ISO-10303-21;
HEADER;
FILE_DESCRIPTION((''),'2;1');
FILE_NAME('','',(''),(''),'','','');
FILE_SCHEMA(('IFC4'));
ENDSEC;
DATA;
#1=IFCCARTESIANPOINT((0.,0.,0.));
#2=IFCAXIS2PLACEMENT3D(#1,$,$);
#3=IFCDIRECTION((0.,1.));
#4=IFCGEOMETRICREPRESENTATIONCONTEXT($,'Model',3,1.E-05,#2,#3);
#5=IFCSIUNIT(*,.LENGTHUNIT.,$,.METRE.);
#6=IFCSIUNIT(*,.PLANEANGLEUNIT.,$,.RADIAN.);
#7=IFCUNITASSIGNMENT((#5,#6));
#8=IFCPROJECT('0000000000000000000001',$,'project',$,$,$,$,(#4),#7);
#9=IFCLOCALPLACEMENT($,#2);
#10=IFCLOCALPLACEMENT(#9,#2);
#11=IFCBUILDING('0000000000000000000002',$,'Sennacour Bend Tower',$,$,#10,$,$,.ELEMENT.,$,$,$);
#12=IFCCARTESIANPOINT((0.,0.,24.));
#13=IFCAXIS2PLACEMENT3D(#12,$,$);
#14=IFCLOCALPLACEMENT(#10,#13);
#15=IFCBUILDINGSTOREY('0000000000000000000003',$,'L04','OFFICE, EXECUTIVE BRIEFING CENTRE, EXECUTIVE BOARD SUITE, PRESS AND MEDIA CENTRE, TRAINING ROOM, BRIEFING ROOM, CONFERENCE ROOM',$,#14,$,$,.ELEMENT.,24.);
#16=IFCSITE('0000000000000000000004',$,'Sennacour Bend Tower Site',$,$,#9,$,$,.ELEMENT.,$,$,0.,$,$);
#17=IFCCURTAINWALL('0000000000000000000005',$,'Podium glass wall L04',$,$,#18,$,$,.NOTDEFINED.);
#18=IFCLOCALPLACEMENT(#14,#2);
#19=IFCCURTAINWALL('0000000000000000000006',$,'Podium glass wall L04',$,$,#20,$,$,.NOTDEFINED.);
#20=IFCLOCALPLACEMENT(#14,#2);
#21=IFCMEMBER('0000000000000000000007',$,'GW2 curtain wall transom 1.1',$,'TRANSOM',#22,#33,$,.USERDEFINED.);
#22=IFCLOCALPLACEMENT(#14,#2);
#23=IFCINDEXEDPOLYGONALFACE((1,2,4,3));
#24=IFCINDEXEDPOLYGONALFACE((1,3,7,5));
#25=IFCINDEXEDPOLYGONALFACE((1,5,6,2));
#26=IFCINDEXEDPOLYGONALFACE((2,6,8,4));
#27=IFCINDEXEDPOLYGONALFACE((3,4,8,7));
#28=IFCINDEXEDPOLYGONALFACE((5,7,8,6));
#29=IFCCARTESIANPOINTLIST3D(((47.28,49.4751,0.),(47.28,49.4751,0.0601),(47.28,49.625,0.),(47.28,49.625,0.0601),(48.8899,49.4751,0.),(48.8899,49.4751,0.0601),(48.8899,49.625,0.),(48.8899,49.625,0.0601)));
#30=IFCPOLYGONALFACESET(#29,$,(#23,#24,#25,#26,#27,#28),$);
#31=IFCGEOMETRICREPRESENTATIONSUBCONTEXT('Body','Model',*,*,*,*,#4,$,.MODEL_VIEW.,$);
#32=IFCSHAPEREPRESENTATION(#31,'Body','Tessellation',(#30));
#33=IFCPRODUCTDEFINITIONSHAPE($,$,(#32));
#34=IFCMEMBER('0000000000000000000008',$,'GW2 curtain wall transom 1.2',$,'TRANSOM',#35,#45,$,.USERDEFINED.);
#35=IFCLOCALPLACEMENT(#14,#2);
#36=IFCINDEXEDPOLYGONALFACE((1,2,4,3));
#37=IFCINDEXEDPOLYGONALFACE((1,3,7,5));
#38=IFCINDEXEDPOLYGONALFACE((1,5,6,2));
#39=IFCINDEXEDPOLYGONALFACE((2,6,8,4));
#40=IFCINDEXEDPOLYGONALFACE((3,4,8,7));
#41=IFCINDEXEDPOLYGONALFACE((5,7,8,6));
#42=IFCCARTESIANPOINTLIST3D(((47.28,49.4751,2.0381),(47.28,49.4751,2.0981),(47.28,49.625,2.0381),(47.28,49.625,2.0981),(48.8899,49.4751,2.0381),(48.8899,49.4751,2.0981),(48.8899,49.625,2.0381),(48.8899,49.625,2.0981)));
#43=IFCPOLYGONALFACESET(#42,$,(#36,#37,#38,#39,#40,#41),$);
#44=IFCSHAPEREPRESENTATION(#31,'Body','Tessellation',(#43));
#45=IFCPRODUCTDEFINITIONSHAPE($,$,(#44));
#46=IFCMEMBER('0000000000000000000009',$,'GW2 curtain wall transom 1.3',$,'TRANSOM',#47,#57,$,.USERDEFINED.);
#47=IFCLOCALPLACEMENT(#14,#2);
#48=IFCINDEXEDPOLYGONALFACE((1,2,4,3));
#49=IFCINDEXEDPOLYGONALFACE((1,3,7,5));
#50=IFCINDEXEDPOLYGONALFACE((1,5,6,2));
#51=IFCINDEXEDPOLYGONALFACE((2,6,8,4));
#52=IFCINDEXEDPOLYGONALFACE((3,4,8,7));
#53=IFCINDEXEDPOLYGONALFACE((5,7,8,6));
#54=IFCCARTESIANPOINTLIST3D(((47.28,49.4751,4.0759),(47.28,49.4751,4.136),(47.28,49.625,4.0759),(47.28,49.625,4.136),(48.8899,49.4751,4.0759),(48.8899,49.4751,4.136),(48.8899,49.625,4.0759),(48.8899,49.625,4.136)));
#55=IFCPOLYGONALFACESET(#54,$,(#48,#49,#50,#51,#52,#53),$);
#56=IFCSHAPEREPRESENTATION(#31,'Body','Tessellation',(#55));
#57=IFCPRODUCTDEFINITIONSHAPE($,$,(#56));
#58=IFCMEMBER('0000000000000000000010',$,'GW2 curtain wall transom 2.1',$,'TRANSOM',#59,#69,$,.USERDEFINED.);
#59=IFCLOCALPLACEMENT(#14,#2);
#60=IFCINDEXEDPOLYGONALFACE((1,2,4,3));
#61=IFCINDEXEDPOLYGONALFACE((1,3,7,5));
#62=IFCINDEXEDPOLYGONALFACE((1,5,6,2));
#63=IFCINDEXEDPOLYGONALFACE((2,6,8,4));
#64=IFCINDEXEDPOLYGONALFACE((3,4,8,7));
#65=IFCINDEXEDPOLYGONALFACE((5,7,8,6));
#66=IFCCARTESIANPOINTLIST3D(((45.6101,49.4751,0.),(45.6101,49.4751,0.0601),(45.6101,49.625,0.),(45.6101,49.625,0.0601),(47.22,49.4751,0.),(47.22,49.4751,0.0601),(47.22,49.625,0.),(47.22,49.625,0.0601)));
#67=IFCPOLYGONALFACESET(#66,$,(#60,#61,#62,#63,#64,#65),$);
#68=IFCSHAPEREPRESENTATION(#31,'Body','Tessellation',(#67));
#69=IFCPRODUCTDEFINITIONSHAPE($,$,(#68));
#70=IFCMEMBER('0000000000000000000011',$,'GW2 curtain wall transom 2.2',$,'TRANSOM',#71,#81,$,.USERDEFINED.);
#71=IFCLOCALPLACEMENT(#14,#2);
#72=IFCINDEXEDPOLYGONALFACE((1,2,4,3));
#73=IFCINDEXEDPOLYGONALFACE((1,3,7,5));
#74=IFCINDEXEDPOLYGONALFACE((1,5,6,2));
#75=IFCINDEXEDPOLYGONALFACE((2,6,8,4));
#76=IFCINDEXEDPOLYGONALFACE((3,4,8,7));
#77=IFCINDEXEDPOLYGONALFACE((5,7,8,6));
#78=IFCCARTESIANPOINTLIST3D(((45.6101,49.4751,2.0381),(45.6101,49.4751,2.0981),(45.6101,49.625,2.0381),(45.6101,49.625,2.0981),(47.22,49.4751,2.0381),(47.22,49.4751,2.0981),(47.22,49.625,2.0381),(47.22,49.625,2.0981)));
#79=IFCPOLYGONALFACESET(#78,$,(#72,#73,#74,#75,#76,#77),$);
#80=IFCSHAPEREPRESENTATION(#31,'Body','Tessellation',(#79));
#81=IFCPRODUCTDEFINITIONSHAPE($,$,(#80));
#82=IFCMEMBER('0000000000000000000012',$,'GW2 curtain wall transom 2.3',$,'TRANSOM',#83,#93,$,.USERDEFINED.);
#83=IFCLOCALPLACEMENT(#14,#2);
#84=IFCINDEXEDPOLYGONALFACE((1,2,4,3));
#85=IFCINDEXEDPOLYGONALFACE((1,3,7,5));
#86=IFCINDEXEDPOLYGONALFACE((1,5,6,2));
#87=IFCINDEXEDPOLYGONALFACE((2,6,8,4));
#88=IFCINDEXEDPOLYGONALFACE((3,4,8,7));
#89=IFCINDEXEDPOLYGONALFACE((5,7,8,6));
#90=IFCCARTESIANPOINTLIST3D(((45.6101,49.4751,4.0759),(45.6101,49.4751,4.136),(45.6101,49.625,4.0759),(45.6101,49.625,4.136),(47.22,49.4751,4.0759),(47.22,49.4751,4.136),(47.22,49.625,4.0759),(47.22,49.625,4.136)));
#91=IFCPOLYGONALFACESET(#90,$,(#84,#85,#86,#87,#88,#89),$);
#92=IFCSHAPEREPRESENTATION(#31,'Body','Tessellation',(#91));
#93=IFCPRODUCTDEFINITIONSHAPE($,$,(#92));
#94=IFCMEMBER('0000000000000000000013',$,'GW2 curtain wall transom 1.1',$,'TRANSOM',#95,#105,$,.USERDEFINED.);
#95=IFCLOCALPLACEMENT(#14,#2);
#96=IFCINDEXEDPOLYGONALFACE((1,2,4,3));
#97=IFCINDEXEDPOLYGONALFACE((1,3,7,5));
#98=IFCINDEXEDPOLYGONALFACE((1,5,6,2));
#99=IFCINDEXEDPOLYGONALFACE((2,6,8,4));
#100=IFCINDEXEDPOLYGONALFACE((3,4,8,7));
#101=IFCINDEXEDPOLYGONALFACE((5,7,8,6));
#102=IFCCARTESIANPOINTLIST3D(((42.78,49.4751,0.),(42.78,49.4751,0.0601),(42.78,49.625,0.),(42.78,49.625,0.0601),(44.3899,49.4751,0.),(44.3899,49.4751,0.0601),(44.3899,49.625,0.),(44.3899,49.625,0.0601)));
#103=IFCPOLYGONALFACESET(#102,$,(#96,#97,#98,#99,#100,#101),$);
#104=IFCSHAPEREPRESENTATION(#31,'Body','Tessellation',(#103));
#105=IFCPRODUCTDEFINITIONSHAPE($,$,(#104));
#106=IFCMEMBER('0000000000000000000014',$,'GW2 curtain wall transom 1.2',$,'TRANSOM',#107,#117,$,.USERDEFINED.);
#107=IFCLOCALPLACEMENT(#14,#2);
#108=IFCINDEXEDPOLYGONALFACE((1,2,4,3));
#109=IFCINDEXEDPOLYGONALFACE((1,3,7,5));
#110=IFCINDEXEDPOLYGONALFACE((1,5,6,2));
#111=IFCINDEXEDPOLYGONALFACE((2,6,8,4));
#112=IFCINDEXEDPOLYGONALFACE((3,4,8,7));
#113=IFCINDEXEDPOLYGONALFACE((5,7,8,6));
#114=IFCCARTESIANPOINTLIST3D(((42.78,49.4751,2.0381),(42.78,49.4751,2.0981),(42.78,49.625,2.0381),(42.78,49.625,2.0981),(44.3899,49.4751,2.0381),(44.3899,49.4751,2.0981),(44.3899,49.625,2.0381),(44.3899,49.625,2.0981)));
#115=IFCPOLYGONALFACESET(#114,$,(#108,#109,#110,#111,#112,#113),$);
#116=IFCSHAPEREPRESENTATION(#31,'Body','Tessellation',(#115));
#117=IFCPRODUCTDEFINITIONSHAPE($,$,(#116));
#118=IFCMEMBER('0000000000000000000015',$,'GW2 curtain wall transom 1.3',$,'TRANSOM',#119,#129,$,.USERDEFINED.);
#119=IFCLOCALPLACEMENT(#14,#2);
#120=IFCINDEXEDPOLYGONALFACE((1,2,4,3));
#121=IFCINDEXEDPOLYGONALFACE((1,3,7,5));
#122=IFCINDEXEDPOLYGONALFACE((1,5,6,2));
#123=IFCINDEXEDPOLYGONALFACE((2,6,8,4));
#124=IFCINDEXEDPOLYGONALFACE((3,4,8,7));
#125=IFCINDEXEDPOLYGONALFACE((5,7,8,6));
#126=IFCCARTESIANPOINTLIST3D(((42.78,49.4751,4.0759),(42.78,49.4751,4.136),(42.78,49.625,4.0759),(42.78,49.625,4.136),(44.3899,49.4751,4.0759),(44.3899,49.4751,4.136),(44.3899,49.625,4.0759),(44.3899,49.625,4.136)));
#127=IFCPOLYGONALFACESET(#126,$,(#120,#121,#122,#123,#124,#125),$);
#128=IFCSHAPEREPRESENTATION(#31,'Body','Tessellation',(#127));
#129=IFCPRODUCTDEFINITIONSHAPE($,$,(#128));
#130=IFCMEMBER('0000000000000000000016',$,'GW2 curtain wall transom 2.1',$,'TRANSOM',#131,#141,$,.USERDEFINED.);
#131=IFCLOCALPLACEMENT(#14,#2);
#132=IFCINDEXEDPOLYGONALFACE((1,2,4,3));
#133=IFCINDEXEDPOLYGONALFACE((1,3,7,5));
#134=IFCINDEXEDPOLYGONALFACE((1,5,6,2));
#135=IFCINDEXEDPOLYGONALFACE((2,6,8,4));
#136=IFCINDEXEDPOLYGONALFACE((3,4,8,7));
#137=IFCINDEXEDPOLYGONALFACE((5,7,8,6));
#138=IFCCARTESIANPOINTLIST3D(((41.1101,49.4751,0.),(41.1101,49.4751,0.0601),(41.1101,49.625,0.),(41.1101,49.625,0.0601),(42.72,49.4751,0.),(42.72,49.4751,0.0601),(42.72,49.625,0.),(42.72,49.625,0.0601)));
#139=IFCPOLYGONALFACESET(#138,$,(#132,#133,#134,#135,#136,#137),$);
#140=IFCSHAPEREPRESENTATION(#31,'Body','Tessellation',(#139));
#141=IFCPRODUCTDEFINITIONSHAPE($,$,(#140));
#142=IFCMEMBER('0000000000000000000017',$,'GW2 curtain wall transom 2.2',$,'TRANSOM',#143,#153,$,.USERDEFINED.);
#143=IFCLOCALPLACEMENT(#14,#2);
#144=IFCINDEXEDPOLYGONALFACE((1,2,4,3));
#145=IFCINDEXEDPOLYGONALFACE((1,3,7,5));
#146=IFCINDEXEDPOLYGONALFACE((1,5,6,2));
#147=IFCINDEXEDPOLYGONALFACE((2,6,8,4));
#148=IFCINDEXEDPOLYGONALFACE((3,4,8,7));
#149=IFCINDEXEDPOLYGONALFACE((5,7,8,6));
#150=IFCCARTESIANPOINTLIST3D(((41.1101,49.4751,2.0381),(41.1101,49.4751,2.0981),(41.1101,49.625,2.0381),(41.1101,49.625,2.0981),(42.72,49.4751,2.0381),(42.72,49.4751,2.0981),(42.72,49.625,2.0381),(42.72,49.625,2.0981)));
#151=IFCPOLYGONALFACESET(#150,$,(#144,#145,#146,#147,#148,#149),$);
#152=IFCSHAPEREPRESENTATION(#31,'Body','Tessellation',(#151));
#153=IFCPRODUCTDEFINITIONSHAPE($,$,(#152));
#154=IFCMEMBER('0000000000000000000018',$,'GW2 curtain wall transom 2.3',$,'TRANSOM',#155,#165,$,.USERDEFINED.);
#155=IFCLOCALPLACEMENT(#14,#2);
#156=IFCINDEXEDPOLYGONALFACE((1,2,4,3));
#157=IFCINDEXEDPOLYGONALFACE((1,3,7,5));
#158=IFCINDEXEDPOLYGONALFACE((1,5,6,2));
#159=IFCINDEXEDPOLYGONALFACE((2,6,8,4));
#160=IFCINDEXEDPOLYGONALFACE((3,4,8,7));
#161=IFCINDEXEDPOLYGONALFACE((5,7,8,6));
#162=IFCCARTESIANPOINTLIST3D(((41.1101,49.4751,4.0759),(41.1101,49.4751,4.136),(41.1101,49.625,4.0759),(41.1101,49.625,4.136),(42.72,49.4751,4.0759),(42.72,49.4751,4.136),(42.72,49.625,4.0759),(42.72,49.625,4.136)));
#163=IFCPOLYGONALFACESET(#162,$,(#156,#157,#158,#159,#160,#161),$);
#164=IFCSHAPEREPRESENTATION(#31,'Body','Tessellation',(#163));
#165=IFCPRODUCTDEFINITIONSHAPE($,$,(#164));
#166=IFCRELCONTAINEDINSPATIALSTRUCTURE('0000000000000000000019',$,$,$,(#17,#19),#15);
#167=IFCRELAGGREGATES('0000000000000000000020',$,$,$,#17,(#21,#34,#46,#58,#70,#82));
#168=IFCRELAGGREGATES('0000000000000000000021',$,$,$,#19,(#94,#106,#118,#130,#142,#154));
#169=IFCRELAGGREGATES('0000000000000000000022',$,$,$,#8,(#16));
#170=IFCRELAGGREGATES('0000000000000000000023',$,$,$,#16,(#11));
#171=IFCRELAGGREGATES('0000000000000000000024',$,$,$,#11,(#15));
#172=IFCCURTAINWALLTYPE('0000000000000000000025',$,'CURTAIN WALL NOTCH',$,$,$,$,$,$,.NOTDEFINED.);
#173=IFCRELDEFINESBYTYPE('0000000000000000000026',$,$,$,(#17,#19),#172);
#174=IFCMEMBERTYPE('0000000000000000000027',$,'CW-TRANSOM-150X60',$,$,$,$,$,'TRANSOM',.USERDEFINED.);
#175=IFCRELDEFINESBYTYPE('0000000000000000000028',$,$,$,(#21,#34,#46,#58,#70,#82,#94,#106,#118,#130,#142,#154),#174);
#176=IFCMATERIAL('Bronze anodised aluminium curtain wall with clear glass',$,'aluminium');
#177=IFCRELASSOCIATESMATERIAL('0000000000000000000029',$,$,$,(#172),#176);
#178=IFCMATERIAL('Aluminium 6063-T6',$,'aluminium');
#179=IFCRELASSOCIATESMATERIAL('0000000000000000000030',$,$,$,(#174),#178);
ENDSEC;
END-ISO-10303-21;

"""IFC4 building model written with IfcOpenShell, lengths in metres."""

from ifc_helpers import new_model, si_unit, direction, frame, origin, origin_2d, place, context, subcontext, project, spatial, rectangle, extrude, material, material_profile, profile_set, type_object, element, aggregate, save


model = new_model("IFC4")

# Units and contexts
model_context = context("Model", 3, precision=1e-05, world=origin(), true_north=direction((0.0, 1.0)))
body_context = subcontext(model_context, "Body", "Model", "MODEL_VIEW")
ifc_project = project(units=[si_unit("LENGTHUNIT", "METRE"), si_unit("PLANEANGLEUNIT", "RADIAN")], contexts=[model_context])

# Site, building, storey
site_placement = place(None, origin())
site = spatial("IfcSite", under=ifc_project, at=site_placement, Name="Sennacour Bend Tower Site", CompositionType="ELEMENT", RefElevation=0.0)
building_placement = place(site_placement, origin())
building = spatial("IfcBuilding", under=site, at=building_placement, Name="Sennacour Bend Tower", CompositionType="ELEMENT")
storey_placement = place(building_placement, frame((0.0, 0.0, 24.0)))
storey = spatial("IfcBuildingStorey", under=building, at=storey_placement, Name="L04", Description="OFFICE, EXECUTIVE BRIEFING CENTRE, EXECUTIVE BOARD SUITE, PRESS AND MEDIA CENTRE, TRAINING ROOM, BRIEFING ROOM, CONFERENCE ROOM", CompositionType="ELEMENT", Elevation=24.0)

# Curtain walls
ifc_material_1 = material(Name="Bronze anodised aluminium curtain wall with clear glass", Category="aluminium")
curtain_wall_type = type_object("IfcCurtainWallType", Name="CURTAIN WALL NOTCH", PredefinedType="NOTDEFINED", material=ifc_material_1)
ifc_material_2 = material(Name="Aluminium 6063-T6", Category="aluminium")
curtain_wall_1_placement = place(storey_placement, origin())
curtain_wall_1 = element("IfcCurtainWall", 1, at=curtain_wall_1_placement, inside=storey, type_object=curtain_wall_type, Name="Podium glass wall L04", PredefinedType="NOTDEFINED")
curtain_wall_2_placement = place(storey_placement, origin())
curtain_wall_2 = element("IfcCurtainWall", 2, at=curtain_wall_2_placement, inside=storey, type_object=curtain_wall_type, Name="Podium glass wall L04", PredefinedType="NOTDEFINED")

# Members
ifc_material_profile_1 = material_profile(ifc_material_2, rectangle(XDim=0.1499, YDim=0.0601, at=origin_2d()), Name="Aluminium 6063-T6", Category="aluminium")
ifc_profile_set_1 = profile_set([ifc_material_profile_1], Name="Aluminium 6063-T6")
member_type_1 = type_object("IfcMemberType", Name="CW-TRANSOM-150X60", ElementType="TRANSOM", PredefinedType="USERDEFINED", material=ifc_profile_set_1)
member_1_placement = place(storey_placement, frame((48.8899, 49.55, 0.03), z_axis=(-1.0, 0.0, 0.0), x_axis=(0.0, -1.0, 0.0)))
member_1 = element("IfcMember", 3, at=member_1_placement, type_object=member_type_1, Name="GW2 curtain wall transom 1.1", ObjectType="TRANSOM", PredefinedType="USERDEFINED", context=body_context, shape_type="SweptSolid", body=[
    extrude(rectangle(XDim=0.1499, YDim=0.0601, at=origin_2d()), origin(), (0.0, 0.0, 1.0), 1.6099),
])
member_2_placement = place(storey_placement, frame((48.8899, 49.55, 2.0681), z_axis=(-1.0, 0.0, 0.0), x_axis=(0.0, -1.0, 0.0)))
member_2 = element("IfcMember", 4, at=member_2_placement, type_object=member_type_1, Name="GW2 curtain wall transom 1.2", ObjectType="TRANSOM", PredefinedType="USERDEFINED", context=body_context, shape_type="SweptSolid", body=[
    extrude(rectangle(XDim=0.1499, YDim=0.0601, at=origin_2d()), origin(), (0.0, 0.0, 1.0), 1.6099),
])
member_3_placement = place(storey_placement, frame((48.8899, 49.55, 4.106), z_axis=(-1.0, 0.0, 0.0), x_axis=(0.0, -1.0, 0.0)))
member_3 = element("IfcMember", 5, at=member_3_placement, type_object=member_type_1, Name="GW2 curtain wall transom 1.3", ObjectType="TRANSOM", PredefinedType="USERDEFINED", context=body_context, shape_type="SweptSolid", body=[
    extrude(rectangle(XDim=0.1499, YDim=0.0601, at=origin_2d()), origin(), (0.0, 0.0, 1.0), 1.6099),
])
member_4_placement = place(storey_placement, frame((47.22, 49.55, 0.03), z_axis=(-1.0, 0.0, 0.0), x_axis=(0.0, -1.0, 0.0)))
member_4 = element("IfcMember", 6, at=member_4_placement, type_object=member_type_1, Name="GW2 curtain wall transom 2.1", ObjectType="TRANSOM", PredefinedType="USERDEFINED", context=body_context, shape_type="SweptSolid", body=[
    extrude(rectangle(XDim=0.1499, YDim=0.0601, at=origin_2d()), origin(), (0.0, 0.0, 1.0), 1.6099),
])
member_5_placement = place(storey_placement, frame((47.22, 49.55, 2.0681), z_axis=(-1.0, 0.0, 0.0), x_axis=(0.0, -1.0, 0.0)))
member_5 = element("IfcMember", 7, at=member_5_placement, type_object=member_type_1, Name="GW2 curtain wall transom 2.2", ObjectType="TRANSOM", PredefinedType="USERDEFINED", context=body_context, shape_type="SweptSolid", body=[
    extrude(rectangle(XDim=0.1499, YDim=0.0601, at=origin_2d()), origin(), (0.0, 0.0, 1.0), 1.6099),
])
member_6_placement = place(storey_placement, frame((47.22, 49.55, 4.106), z_axis=(-1.0, 0.0, 0.0), x_axis=(0.0, -1.0, 0.0)))
member_6 = element("IfcMember", 8, at=member_6_placement, type_object=member_type_1, Name="GW2 curtain wall transom 2.3", ObjectType="TRANSOM", PredefinedType="USERDEFINED", context=body_context, shape_type="SweptSolid", body=[
    extrude(rectangle(XDim=0.1499, YDim=0.0601, at=origin_2d()), origin(), (0.0, 0.0, 1.0), 1.6099),
])
member_7_placement = place(storey_placement, frame((44.3899, 49.55, 0.03), z_axis=(-1.0, 0.0, 0.0), x_axis=(0.0, -1.0, 0.0)))
member_7 = element("IfcMember", 9, at=member_7_placement, type_object=member_type_1, Name="GW2 curtain wall transom 1.1", ObjectType="TRANSOM", PredefinedType="USERDEFINED", context=body_context, shape_type="SweptSolid", body=[
    extrude(rectangle(XDim=0.1499, YDim=0.0601, at=origin_2d()), origin(), (0.0, 0.0, 1.0), 1.6099),
])
member_8_placement = place(storey_placement, frame((44.3899, 49.55, 2.0681), z_axis=(-1.0, 0.0, 0.0), x_axis=(0.0, -1.0, 0.0)))
member_8 = element("IfcMember", 10, at=member_8_placement, type_object=member_type_1, Name="GW2 curtain wall transom 1.2", ObjectType="TRANSOM", PredefinedType="USERDEFINED", context=body_context, shape_type="SweptSolid", body=[
    extrude(rectangle(XDim=0.1499, YDim=0.0601, at=origin_2d()), origin(), (0.0, 0.0, 1.0), 1.6099),
])
member_9_placement = place(storey_placement, frame((44.3899, 49.55, 4.106), z_axis=(-1.0, 0.0, 0.0), x_axis=(0.0, -1.0, 0.0)))
member_9 = element("IfcMember", 11, at=member_9_placement, type_object=member_type_1, Name="GW2 curtain wall transom 1.3", ObjectType="TRANSOM", PredefinedType="USERDEFINED", context=body_context, shape_type="SweptSolid", body=[
    extrude(rectangle(XDim=0.1499, YDim=0.0601, at=origin_2d()), origin(), (0.0, 0.0, 1.0), 1.6099),
])
member_10_placement = place(storey_placement, frame((42.72, 49.55, 0.03), z_axis=(-1.0, 0.0, 0.0), x_axis=(0.0, -1.0, 0.0)))
member_10 = element("IfcMember", 12, at=member_10_placement, type_object=member_type_1, Name="GW2 curtain wall transom 2.1", ObjectType="TRANSOM", PredefinedType="USERDEFINED", context=body_context, shape_type="SweptSolid", body=[
    extrude(rectangle(XDim=0.1499, YDim=0.0601, at=origin_2d()), origin(), (0.0, 0.0, 1.0), 1.6099),
])
member_11_placement = place(storey_placement, frame((42.72, 49.55, 2.0681), z_axis=(-1.0, 0.0, 0.0), x_axis=(0.0, -1.0, 0.0)))
member_11 = element("IfcMember", 13, at=member_11_placement, type_object=member_type_1, Name="GW2 curtain wall transom 2.2", ObjectType="TRANSOM", PredefinedType="USERDEFINED", context=body_context, shape_type="SweptSolid", body=[
    extrude(rectangle(XDim=0.1499, YDim=0.0601, at=origin_2d()), origin(), (0.0, 0.0, 1.0), 1.6099),
])
member_12_placement = place(storey_placement, frame((42.72, 49.55, 4.106), z_axis=(-1.0, 0.0, 0.0), x_axis=(0.0, -1.0, 0.0)))
member_12 = element("IfcMember", 14, at=member_12_placement, type_object=member_type_1, Name="GW2 curtain wall transom 2.3", ObjectType="TRANSOM", PredefinedType="USERDEFINED", context=body_context, shape_type="SweptSolid", body=[
    extrude(rectangle(XDim=0.1499, YDim=0.0601, at=origin_2d()), origin(), (0.0, 0.0, 1.0), 1.6099),
])

aggregate(curtain_wall_1, [member_1, member_2, member_3, member_4, member_5, member_6])
aggregate(curtain_wall_2, [member_7, member_8, member_9, member_10, member_11, member_12])

save(model, "model.ifc")
